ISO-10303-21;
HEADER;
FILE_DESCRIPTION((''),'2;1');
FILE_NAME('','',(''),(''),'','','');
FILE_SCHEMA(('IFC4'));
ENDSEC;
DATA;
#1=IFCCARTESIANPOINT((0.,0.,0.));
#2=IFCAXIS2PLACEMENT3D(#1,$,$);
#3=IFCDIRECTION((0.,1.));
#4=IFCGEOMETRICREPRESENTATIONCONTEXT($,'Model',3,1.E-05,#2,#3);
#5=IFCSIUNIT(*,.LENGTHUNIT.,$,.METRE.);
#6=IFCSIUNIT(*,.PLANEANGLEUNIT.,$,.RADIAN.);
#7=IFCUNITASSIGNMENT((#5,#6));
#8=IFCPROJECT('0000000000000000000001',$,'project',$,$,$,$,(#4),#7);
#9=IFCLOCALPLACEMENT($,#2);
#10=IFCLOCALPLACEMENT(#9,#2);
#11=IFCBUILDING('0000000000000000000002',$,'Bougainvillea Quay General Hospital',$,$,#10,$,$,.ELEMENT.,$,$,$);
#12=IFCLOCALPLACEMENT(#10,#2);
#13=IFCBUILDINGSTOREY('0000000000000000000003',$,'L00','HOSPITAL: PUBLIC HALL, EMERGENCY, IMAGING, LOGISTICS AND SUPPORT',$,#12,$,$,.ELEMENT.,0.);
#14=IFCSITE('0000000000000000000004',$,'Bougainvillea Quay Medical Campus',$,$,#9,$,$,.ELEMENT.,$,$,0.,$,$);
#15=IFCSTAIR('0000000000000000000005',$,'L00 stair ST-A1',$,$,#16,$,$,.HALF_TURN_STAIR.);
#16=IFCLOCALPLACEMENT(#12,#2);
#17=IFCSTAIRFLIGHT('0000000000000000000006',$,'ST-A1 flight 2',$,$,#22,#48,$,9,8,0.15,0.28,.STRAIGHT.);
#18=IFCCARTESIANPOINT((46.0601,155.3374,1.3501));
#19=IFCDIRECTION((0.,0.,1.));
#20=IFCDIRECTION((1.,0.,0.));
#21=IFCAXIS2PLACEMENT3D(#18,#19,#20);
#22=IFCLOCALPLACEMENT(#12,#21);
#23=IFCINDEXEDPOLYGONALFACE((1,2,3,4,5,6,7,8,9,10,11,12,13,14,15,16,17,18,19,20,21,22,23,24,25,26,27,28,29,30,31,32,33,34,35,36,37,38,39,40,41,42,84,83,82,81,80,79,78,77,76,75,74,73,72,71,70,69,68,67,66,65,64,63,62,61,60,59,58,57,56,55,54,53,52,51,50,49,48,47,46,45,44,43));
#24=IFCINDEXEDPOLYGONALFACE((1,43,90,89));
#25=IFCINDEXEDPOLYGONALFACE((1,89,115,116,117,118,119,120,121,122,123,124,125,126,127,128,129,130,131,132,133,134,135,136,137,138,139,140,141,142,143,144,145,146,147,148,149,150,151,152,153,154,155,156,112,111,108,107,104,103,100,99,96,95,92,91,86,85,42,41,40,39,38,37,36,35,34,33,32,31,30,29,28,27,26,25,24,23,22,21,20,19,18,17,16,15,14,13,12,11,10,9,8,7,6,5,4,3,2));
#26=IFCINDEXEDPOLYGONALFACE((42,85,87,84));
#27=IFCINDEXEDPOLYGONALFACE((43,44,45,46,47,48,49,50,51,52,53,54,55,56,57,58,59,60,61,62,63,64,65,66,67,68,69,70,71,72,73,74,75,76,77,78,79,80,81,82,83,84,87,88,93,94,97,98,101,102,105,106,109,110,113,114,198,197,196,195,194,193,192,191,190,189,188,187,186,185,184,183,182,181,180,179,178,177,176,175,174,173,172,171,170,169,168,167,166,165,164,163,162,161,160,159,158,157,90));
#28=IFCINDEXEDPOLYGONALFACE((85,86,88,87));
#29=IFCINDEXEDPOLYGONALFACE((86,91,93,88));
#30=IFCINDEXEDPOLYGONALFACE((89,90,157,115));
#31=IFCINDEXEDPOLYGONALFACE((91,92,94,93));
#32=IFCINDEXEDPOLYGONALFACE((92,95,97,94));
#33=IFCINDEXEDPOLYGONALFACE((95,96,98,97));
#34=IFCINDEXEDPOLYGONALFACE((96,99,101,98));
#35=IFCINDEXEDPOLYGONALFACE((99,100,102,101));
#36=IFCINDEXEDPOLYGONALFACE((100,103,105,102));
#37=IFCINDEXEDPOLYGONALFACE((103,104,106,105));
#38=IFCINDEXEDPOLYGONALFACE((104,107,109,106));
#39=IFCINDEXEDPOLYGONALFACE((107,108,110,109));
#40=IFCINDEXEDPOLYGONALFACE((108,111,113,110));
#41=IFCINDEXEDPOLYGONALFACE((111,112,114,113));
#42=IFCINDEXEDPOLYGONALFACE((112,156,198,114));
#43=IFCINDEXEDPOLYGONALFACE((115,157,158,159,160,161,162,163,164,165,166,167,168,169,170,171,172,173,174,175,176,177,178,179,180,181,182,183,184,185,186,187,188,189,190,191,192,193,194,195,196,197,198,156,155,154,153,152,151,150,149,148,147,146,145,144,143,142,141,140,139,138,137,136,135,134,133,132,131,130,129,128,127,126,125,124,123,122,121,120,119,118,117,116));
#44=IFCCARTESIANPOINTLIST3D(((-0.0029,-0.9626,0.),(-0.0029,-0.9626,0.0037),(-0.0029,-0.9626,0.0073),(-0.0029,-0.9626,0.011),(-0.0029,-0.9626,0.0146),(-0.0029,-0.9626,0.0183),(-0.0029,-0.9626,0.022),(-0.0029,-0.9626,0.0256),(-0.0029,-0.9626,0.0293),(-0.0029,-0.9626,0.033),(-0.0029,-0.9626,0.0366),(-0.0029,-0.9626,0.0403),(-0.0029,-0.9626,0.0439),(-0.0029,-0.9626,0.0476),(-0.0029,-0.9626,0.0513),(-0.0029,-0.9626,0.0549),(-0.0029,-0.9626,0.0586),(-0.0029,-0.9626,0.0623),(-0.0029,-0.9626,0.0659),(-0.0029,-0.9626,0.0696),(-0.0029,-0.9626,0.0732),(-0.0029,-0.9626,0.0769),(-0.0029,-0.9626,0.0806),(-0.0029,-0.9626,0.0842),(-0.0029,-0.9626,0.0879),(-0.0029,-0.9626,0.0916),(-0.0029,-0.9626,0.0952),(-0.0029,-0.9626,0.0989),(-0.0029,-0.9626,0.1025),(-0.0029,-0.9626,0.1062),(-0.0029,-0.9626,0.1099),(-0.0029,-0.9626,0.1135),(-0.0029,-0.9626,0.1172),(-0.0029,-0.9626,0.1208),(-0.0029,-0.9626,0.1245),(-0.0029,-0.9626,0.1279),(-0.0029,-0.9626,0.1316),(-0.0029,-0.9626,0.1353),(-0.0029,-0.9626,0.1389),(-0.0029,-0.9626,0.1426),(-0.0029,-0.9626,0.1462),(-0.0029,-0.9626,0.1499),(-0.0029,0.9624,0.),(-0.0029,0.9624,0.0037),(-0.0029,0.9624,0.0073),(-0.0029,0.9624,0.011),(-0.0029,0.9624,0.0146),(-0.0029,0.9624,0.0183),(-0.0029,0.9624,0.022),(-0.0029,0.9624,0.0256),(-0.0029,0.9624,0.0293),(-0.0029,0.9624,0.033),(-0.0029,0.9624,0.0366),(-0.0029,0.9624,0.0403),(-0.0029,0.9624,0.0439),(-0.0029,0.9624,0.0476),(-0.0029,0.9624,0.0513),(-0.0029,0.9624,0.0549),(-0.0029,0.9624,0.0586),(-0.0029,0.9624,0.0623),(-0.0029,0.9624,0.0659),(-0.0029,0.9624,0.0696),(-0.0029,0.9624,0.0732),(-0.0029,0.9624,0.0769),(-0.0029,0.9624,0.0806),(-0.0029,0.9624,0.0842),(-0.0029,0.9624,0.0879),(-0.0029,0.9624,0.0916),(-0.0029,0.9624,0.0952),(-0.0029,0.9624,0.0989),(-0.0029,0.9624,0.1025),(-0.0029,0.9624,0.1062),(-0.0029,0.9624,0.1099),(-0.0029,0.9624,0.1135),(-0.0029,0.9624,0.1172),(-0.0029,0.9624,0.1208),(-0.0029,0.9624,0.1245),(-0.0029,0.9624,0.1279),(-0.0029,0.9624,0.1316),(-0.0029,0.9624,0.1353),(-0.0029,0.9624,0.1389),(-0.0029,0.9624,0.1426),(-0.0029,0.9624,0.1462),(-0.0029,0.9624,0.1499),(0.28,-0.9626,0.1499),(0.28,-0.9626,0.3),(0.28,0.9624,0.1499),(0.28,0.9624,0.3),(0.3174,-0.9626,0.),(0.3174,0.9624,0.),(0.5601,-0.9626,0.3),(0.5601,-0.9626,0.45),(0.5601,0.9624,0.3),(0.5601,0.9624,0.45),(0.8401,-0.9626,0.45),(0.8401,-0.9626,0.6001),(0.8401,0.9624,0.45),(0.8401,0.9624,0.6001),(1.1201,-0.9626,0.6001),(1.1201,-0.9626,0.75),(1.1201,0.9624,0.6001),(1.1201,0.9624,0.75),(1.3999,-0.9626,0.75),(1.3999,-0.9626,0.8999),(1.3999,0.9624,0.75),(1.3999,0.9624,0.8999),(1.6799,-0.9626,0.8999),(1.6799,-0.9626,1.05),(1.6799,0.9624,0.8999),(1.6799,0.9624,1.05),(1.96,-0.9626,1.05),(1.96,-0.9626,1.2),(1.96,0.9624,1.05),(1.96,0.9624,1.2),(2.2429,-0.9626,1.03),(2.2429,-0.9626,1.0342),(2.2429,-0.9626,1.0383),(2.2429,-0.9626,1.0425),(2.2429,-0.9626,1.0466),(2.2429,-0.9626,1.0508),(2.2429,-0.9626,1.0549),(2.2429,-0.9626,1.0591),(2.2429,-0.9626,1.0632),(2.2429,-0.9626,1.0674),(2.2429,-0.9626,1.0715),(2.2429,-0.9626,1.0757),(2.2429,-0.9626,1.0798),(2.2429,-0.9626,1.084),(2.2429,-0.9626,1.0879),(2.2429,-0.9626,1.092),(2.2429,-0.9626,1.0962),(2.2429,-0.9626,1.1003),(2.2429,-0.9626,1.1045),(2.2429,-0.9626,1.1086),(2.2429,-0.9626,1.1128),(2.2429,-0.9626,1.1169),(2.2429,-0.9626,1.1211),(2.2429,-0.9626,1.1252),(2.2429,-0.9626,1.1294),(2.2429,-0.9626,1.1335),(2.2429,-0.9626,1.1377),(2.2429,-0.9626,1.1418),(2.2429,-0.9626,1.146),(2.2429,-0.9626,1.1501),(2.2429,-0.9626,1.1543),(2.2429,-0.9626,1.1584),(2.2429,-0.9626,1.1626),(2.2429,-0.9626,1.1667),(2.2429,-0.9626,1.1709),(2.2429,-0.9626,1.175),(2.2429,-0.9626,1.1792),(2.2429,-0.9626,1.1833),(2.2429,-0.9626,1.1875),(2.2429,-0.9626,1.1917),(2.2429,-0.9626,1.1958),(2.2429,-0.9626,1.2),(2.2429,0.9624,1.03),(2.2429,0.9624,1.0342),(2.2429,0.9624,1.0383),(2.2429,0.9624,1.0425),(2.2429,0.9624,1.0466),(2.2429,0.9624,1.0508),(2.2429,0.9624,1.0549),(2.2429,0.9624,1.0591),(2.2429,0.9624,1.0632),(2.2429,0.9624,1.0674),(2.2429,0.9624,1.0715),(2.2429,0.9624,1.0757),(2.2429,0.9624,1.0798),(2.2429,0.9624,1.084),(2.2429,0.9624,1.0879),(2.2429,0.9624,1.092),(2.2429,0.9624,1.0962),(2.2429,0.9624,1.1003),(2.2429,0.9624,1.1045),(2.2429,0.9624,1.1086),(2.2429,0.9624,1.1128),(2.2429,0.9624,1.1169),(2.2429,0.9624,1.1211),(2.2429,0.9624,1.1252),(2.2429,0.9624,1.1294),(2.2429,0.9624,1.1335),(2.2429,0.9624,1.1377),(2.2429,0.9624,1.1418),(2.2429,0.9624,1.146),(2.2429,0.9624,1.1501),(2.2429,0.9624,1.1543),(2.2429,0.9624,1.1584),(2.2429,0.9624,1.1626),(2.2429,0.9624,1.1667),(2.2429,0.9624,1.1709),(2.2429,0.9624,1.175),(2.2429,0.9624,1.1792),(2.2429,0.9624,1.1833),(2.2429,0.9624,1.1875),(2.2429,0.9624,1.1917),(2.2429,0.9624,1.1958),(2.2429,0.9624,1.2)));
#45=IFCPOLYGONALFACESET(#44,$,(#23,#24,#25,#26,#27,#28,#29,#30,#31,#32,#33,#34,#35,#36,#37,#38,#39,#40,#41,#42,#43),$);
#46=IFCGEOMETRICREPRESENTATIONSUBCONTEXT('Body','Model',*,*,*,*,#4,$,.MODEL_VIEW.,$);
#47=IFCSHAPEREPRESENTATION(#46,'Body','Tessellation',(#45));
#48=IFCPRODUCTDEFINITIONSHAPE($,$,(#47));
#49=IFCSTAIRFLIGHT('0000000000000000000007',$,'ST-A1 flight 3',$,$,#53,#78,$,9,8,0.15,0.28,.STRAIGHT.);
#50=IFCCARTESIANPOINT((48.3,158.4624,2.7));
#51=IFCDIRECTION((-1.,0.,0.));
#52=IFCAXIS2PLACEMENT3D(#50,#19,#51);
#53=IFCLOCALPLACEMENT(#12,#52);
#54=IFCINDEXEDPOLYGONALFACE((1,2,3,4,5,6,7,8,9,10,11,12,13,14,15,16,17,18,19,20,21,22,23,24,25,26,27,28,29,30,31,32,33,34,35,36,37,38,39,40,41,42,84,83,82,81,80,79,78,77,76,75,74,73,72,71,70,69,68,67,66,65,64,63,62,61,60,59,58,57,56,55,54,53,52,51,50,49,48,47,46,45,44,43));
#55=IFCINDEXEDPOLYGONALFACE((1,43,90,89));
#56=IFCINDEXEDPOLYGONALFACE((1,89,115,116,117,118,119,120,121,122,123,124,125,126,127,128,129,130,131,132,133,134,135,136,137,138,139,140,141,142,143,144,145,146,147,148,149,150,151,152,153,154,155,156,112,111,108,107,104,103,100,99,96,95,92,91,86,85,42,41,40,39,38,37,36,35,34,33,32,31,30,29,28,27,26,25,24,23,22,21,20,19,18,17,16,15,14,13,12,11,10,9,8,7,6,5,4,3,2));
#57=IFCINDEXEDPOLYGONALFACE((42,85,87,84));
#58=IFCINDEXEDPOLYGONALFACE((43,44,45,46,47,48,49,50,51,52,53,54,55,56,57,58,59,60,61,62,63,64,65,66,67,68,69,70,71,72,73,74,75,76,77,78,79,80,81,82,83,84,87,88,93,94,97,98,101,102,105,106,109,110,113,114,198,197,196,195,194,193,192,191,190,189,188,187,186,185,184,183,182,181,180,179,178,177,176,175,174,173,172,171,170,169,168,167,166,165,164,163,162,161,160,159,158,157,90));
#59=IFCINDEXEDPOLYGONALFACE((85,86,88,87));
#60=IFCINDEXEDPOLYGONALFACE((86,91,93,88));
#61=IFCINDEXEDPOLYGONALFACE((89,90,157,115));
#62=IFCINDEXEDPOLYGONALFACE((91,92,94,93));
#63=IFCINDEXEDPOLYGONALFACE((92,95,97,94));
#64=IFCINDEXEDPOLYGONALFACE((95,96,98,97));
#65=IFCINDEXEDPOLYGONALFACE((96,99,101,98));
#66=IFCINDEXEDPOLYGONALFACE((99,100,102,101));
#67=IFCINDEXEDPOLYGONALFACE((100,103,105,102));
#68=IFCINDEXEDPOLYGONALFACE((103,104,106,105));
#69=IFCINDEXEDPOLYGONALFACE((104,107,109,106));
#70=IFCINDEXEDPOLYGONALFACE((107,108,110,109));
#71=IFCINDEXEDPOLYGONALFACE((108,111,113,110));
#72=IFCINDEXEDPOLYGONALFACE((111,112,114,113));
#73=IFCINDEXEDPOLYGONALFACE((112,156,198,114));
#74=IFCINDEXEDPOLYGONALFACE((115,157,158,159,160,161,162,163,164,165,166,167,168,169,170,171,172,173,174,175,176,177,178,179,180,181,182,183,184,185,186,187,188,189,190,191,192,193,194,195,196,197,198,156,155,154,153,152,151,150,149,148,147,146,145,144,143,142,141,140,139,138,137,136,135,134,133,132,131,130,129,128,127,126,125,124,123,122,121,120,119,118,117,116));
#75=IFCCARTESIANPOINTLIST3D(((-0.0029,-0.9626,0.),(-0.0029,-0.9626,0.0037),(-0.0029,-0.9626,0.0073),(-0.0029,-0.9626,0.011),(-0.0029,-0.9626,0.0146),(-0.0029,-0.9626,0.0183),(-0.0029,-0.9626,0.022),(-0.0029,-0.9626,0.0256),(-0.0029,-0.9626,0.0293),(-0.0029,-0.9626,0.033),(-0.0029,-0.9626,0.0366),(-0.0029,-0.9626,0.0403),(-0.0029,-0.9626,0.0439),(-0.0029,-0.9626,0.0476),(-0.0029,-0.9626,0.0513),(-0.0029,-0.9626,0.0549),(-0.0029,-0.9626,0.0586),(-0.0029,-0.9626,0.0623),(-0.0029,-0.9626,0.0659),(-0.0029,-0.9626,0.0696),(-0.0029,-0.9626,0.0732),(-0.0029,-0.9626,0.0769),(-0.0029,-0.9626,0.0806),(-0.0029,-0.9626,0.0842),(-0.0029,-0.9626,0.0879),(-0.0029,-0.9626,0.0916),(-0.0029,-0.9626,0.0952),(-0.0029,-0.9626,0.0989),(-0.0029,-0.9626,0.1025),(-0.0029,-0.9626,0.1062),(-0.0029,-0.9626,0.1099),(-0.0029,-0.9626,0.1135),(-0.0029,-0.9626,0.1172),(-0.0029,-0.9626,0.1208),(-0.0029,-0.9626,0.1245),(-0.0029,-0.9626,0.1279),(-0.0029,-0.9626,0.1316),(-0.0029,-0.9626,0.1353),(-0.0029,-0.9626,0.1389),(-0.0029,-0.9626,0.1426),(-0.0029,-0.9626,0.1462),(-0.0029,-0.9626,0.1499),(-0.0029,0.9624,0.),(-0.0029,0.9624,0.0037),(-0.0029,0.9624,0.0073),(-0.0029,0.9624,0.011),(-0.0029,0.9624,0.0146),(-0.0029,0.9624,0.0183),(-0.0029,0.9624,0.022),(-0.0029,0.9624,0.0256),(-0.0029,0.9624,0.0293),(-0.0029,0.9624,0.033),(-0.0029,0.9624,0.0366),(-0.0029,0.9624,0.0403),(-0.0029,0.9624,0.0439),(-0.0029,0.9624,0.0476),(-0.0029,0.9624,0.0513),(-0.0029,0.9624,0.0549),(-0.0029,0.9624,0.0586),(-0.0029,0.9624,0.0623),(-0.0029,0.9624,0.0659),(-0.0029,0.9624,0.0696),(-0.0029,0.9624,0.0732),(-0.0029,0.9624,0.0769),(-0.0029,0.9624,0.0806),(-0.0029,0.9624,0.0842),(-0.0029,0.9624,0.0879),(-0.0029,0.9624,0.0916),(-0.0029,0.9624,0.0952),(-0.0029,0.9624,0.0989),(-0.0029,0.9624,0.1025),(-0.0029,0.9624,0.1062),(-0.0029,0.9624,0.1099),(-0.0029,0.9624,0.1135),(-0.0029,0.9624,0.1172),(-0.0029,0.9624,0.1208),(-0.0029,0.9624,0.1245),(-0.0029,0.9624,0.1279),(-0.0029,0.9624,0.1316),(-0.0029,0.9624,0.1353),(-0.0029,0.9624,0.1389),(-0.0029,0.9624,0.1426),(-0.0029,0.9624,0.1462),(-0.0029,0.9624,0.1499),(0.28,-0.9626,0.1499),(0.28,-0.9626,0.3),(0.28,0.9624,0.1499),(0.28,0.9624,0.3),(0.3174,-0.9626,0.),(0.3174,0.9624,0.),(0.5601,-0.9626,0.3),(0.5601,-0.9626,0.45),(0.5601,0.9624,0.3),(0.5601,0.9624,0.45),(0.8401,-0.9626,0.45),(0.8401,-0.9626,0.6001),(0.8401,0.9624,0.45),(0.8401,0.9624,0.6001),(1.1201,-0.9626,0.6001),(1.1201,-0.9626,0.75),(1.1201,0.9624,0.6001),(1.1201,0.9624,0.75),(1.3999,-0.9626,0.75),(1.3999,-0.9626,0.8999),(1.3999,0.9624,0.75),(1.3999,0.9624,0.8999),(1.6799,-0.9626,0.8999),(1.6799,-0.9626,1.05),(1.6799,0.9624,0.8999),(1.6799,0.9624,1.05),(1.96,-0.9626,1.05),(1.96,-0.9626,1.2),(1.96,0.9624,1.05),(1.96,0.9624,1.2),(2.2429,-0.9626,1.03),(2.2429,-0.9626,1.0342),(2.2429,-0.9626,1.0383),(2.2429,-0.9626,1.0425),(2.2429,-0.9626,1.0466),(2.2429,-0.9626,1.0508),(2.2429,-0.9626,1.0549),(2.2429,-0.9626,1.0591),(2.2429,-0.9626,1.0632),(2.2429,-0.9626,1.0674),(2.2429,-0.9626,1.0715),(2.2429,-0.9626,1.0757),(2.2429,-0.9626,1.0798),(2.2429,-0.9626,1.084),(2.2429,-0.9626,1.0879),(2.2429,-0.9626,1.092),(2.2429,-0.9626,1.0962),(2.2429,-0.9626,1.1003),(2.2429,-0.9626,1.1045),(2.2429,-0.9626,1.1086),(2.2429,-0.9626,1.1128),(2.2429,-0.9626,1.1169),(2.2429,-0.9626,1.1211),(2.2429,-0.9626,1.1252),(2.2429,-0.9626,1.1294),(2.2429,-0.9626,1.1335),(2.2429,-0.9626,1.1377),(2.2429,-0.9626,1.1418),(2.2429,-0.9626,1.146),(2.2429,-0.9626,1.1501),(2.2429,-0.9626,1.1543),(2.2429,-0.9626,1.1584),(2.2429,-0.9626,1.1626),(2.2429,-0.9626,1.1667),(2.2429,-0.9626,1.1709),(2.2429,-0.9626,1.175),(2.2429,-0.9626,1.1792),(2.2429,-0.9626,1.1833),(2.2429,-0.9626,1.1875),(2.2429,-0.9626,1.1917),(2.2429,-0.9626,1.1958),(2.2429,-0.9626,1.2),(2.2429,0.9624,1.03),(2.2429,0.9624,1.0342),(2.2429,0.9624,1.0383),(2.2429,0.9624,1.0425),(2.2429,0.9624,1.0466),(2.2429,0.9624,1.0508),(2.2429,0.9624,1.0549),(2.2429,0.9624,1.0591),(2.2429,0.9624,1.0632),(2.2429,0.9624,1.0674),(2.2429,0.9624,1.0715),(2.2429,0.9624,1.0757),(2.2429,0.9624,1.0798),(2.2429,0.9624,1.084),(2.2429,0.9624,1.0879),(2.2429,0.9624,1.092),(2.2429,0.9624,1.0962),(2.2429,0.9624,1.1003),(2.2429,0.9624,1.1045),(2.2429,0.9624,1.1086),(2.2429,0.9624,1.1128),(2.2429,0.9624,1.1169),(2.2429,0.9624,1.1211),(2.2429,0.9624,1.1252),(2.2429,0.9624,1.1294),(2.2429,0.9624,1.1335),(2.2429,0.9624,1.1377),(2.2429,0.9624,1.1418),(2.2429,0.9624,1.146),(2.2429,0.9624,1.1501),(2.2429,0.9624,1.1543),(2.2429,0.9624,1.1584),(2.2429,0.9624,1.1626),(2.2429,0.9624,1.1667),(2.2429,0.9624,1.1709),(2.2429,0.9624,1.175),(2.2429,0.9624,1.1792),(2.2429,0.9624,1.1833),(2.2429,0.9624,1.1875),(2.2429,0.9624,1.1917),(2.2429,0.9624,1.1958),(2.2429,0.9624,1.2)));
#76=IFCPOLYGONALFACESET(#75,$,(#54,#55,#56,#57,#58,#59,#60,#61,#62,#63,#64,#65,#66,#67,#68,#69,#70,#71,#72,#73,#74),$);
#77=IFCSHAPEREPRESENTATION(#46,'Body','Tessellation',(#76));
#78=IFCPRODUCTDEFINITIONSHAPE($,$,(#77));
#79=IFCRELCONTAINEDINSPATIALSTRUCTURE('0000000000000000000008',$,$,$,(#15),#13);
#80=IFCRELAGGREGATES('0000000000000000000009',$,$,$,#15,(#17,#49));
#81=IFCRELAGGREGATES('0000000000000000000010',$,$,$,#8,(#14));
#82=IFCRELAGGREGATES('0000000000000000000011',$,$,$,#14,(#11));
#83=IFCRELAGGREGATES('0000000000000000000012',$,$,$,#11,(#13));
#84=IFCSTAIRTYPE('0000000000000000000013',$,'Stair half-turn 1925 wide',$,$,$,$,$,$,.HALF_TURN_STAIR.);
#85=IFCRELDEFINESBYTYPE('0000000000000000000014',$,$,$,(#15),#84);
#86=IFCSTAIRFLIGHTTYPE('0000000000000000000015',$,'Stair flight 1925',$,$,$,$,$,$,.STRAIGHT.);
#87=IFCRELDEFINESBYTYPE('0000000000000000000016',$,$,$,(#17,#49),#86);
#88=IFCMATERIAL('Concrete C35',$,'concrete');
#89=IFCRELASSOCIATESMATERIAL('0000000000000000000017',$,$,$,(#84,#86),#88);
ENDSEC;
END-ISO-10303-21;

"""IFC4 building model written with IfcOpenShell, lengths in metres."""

from ifc_helpers import new_model, si_unit, direction, frame, origin, place, context, subcontext, project, spatial, polyline, outline, extrude, material, type_object, element, aggregate, save


model = new_model("IFC4")

# Units and contexts
model_context = context("Model", 3, precision=1e-05, world=origin(), true_north=direction((0.0, 1.0)))
body_context = subcontext(model_context, "Body", "Model", "MODEL_VIEW")
ifc_project = project(units=[si_unit("LENGTHUNIT", "METRE"), si_unit("PLANEANGLEUNIT", "RADIAN")], contexts=[model_context])

# Site, building, storey
site_placement = place(None, origin())
site = spatial("IfcSite", under=ifc_project, at=site_placement, Name="Bougainvillea Quay Medical Campus", CompositionType="ELEMENT", RefElevation=0.0)
building_placement = place(site_placement, origin())
building = spatial("IfcBuilding", under=site, at=building_placement, Name="Bougainvillea Quay General Hospital", CompositionType="ELEMENT")
storey_placement = place(building_placement, origin())
storey = spatial("IfcBuildingStorey", under=building, at=storey_placement, Name="L00", Description="HOSPITAL: PUBLIC HALL, EMERGENCY, IMAGING, LOGISTICS AND SUPPORT", CompositionType="ELEMENT", Elevation=0.0)

# Stair, stair flights
ifc_material_1 = material(Name="Concrete C35", Category="concrete")
stair_type = type_object("IfcStairType", Name="Stair half-turn 1925 wide", PredefinedType="HALF_TURN_STAIR", material=ifc_material_1)
stair_placement = place(storey_placement, origin())
stair = element("IfcStair", 1, at=stair_placement, inside=storey, type_object=stair_type, Name="L00 stair ST-A1", PredefinedType="HALF_TURN_STAIR")
stair_flight_type = type_object("IfcStairFlightType", Name="Stair flight 1925", PredefinedType="STRAIGHT", material=ifc_material_1)
stair_flight_1_placement = place(storey_placement, frame((46.0601, 155.3374, 1.3501), z_axis=(0.0, 0.0, 1.0), x_axis=(1.0, 0.0, 0.0)))
stair_flight_1 = element("IfcStairFlight", 2, at=stair_flight_1_placement, type_object=stair_flight_type, Name="ST-A1 flight 2", NumberOfRisers=9, NumberOfTreads=8, PredefinedType="STRAIGHT", RiserHeight=0.15, TreadLength=0.28, context=body_context, shape_type="SweptSolid", body=[
    extrude(outline(polyline([(-0.0029, 0.0), (-0.0029, 0.0037), (-0.0029, 0.0073), (-0.0029, 0.011), (-0.0029, 0.0146), (-0.0029, 0.0183), (-0.0029, 0.022), (-0.0029, 0.0256), (-0.0029, 0.0293), (-0.0029, 0.033), (-0.0029, 0.0366), (-0.0029, 0.0403), (-0.0029, 0.0439), (-0.0029, 0.0476), (-0.0029, 0.0513), (-0.0029, 0.0549), (-0.0029, 0.0586), (-0.0029, 0.0623), (-0.0029, 0.0659), (-0.0029, 0.0696), (-0.0029, 0.0732), (-0.0029, 0.0769), (-0.0029, 0.0806), (-0.0029, 0.0842), (-0.0029, 0.0879), (-0.0029, 0.0916), (-0.0029, 0.0952), (-0.0029, 0.0989), (-0.0029, 0.1025), (-0.0029, 0.1062), (-0.0029, 0.1099), (-0.0029, 0.1135), (-0.0029, 0.1172), (-0.0029, 0.1208), (-0.0029, 0.1245), (-0.0029, 0.1279), (-0.0029, 0.1316), (-0.0029, 0.1353), (-0.0029, 0.1389), (-0.0029, 0.1426), (-0.0029, 0.1462), (-0.0029, 0.1499), (0.28, 0.1499), (0.28, 0.3), (0.5601, 0.3), (0.5601, 0.45), (0.8401, 0.45), (0.8401, 0.6001), (1.1201, 0.6001), (1.1201, 0.75), (1.3999, 0.75), (1.3999, 0.8999), (1.6799, 0.8999), (1.6799, 1.05), (1.96, 1.05), (1.96, 1.2), (2.2429, 1.2), (2.2429, 1.1958), (2.2429, 1.1917), (2.2429, 1.1875), (2.2429, 1.1833), (2.2429, 1.1792), (2.2429, 1.175), (2.2429, 1.1709), (2.2429, 1.1667), (2.2429, 1.1626), (2.2429, 1.1584), (2.2429, 1.1543), (2.2429, 1.1501), (2.2429, 1.146), (2.2429, 1.1418), (2.2429, 1.1377), (2.2429, 1.1335), (2.2429, 1.1294), (2.2429, 1.1252), (2.2429, 1.1211), (2.2429, 1.1169), (2.2429, 1.1128), (2.2429, 1.1086), (2.2429, 1.1045), (2.2429, 1.1003), (2.2429, 1.0962), (2.2429, 1.092), (2.2429, 1.0879), (2.2429, 1.084), (2.2429, 1.0798), (2.2429, 1.0757), (2.2429, 1.0715), (2.2429, 1.0674), (2.2429, 1.0632), (2.2429, 1.0591), (2.2429, 1.0549), (2.2429, 1.0508), (2.2429, 1.0466), (2.2429, 1.0425), (2.2429, 1.0383), (2.2429, 1.0342), (2.2429, 1.03), (0.3174, 0.0), (-0.0029, 0.0)])), frame((0.0, 0.9624, 0.0), z_axis=(0.0, -1.0, 0.0), x_axis=(1.0, 0.0, 0.0)), (0.0, 0.0, 1.0), 1.925),
])
stair_flight_2_placement = place(storey_placement, frame((48.3, 158.4624, 2.7), z_axis=(0.0, 0.0, 1.0), x_axis=(-1.0, 0.0, 0.0)))
stair_flight_2 = element("IfcStairFlight", 3, at=stair_flight_2_placement, type_object=stair_flight_type, Name="ST-A1 flight 3", NumberOfRisers=9, NumberOfTreads=8, PredefinedType="STRAIGHT", RiserHeight=0.15, TreadLength=0.28, context=body_context, shape_type="SweptSolid", body=[
    extrude(outline(polyline([(-0.0029, 0.0), (-0.0029, 0.0037), (-0.0029, 0.0073), (-0.0029, 0.011), (-0.0029, 0.0146), (-0.0029, 0.0183), (-0.0029, 0.022), (-0.0029, 0.0256), (-0.0029, 0.0293), (-0.0029, 0.033), (-0.0029, 0.0366), (-0.0029, 0.0403), (-0.0029, 0.0439), (-0.0029, 0.0476), (-0.0029, 0.0513), (-0.0029, 0.0549), (-0.0029, 0.0586), (-0.0029, 0.0623), (-0.0029, 0.0659), (-0.0029, 0.0696), (-0.0029, 0.0732), (-0.0029, 0.0769), (-0.0029, 0.0806), (-0.0029, 0.0842), (-0.0029, 0.0879), (-0.0029, 0.0916), (-0.0029, 0.0952), (-0.0029, 0.0989), (-0.0029, 0.1025), (-0.0029, 0.1062), (-0.0029, 0.1099), (-0.0029, 0.1135), (-0.0029, 0.1172), (-0.0029, 0.1208), (-0.0029, 0.1245), (-0.0029, 0.1279), (-0.0029, 0.1316), (-0.0029, 0.1353), (-0.0029, 0.1389), (-0.0029, 0.1426), (-0.0029, 0.1462), (-0.0029, 0.1499), (0.28, 0.1499), (0.28, 0.3), (0.5601, 0.3), (0.5601, 0.45), (0.8401, 0.45), (0.8401, 0.6001), (1.1201, 0.6001), (1.1201, 0.75), (1.3999, 0.75), (1.3999, 0.8999), (1.6799, 0.8999), (1.6799, 1.05), (1.96, 1.05), (1.96, 1.2), (2.2429, 1.2), (2.2429, 1.1958), (2.2429, 1.1917), (2.2429, 1.1875), (2.2429, 1.1833), (2.2429, 1.1792), (2.2429, 1.175), (2.2429, 1.1709), (2.2429, 1.1667), (2.2429, 1.1626), (2.2429, 1.1584), (2.2429, 1.1543), (2.2429, 1.1501), (2.2429, 1.146), (2.2429, 1.1418), (2.2429, 1.1377), (2.2429, 1.1335), (2.2429, 1.1294), (2.2429, 1.1252), (2.2429, 1.1211), (2.2429, 1.1169), (2.2429, 1.1128), (2.2429, 1.1086), (2.2429, 1.1045), (2.2429, 1.1003), (2.2429, 1.0962), (2.2429, 1.092), (2.2429, 1.0879), (2.2429, 1.084), (2.2429, 1.0798), (2.2429, 1.0757), (2.2429, 1.0715), (2.2429, 1.0674), (2.2429, 1.0632), (2.2429, 1.0591), (2.2429, 1.0549), (2.2429, 1.0508), (2.2429, 1.0466), (2.2429, 1.0425), (2.2429, 1.0383), (2.2429, 1.0342), (2.2429, 1.03), (0.3174, 0.0), (-0.0029, 0.0)])), frame((0.0, 0.9624, 0.0), z_axis=(0.0, -1.0, 0.0), x_axis=(1.0, 0.0, 0.0)), (0.0, 0.0, 1.0), 1.925),
])
aggregate(stair, [stair_flight_1, stair_flight_2])

save(model, "model.ifc")
